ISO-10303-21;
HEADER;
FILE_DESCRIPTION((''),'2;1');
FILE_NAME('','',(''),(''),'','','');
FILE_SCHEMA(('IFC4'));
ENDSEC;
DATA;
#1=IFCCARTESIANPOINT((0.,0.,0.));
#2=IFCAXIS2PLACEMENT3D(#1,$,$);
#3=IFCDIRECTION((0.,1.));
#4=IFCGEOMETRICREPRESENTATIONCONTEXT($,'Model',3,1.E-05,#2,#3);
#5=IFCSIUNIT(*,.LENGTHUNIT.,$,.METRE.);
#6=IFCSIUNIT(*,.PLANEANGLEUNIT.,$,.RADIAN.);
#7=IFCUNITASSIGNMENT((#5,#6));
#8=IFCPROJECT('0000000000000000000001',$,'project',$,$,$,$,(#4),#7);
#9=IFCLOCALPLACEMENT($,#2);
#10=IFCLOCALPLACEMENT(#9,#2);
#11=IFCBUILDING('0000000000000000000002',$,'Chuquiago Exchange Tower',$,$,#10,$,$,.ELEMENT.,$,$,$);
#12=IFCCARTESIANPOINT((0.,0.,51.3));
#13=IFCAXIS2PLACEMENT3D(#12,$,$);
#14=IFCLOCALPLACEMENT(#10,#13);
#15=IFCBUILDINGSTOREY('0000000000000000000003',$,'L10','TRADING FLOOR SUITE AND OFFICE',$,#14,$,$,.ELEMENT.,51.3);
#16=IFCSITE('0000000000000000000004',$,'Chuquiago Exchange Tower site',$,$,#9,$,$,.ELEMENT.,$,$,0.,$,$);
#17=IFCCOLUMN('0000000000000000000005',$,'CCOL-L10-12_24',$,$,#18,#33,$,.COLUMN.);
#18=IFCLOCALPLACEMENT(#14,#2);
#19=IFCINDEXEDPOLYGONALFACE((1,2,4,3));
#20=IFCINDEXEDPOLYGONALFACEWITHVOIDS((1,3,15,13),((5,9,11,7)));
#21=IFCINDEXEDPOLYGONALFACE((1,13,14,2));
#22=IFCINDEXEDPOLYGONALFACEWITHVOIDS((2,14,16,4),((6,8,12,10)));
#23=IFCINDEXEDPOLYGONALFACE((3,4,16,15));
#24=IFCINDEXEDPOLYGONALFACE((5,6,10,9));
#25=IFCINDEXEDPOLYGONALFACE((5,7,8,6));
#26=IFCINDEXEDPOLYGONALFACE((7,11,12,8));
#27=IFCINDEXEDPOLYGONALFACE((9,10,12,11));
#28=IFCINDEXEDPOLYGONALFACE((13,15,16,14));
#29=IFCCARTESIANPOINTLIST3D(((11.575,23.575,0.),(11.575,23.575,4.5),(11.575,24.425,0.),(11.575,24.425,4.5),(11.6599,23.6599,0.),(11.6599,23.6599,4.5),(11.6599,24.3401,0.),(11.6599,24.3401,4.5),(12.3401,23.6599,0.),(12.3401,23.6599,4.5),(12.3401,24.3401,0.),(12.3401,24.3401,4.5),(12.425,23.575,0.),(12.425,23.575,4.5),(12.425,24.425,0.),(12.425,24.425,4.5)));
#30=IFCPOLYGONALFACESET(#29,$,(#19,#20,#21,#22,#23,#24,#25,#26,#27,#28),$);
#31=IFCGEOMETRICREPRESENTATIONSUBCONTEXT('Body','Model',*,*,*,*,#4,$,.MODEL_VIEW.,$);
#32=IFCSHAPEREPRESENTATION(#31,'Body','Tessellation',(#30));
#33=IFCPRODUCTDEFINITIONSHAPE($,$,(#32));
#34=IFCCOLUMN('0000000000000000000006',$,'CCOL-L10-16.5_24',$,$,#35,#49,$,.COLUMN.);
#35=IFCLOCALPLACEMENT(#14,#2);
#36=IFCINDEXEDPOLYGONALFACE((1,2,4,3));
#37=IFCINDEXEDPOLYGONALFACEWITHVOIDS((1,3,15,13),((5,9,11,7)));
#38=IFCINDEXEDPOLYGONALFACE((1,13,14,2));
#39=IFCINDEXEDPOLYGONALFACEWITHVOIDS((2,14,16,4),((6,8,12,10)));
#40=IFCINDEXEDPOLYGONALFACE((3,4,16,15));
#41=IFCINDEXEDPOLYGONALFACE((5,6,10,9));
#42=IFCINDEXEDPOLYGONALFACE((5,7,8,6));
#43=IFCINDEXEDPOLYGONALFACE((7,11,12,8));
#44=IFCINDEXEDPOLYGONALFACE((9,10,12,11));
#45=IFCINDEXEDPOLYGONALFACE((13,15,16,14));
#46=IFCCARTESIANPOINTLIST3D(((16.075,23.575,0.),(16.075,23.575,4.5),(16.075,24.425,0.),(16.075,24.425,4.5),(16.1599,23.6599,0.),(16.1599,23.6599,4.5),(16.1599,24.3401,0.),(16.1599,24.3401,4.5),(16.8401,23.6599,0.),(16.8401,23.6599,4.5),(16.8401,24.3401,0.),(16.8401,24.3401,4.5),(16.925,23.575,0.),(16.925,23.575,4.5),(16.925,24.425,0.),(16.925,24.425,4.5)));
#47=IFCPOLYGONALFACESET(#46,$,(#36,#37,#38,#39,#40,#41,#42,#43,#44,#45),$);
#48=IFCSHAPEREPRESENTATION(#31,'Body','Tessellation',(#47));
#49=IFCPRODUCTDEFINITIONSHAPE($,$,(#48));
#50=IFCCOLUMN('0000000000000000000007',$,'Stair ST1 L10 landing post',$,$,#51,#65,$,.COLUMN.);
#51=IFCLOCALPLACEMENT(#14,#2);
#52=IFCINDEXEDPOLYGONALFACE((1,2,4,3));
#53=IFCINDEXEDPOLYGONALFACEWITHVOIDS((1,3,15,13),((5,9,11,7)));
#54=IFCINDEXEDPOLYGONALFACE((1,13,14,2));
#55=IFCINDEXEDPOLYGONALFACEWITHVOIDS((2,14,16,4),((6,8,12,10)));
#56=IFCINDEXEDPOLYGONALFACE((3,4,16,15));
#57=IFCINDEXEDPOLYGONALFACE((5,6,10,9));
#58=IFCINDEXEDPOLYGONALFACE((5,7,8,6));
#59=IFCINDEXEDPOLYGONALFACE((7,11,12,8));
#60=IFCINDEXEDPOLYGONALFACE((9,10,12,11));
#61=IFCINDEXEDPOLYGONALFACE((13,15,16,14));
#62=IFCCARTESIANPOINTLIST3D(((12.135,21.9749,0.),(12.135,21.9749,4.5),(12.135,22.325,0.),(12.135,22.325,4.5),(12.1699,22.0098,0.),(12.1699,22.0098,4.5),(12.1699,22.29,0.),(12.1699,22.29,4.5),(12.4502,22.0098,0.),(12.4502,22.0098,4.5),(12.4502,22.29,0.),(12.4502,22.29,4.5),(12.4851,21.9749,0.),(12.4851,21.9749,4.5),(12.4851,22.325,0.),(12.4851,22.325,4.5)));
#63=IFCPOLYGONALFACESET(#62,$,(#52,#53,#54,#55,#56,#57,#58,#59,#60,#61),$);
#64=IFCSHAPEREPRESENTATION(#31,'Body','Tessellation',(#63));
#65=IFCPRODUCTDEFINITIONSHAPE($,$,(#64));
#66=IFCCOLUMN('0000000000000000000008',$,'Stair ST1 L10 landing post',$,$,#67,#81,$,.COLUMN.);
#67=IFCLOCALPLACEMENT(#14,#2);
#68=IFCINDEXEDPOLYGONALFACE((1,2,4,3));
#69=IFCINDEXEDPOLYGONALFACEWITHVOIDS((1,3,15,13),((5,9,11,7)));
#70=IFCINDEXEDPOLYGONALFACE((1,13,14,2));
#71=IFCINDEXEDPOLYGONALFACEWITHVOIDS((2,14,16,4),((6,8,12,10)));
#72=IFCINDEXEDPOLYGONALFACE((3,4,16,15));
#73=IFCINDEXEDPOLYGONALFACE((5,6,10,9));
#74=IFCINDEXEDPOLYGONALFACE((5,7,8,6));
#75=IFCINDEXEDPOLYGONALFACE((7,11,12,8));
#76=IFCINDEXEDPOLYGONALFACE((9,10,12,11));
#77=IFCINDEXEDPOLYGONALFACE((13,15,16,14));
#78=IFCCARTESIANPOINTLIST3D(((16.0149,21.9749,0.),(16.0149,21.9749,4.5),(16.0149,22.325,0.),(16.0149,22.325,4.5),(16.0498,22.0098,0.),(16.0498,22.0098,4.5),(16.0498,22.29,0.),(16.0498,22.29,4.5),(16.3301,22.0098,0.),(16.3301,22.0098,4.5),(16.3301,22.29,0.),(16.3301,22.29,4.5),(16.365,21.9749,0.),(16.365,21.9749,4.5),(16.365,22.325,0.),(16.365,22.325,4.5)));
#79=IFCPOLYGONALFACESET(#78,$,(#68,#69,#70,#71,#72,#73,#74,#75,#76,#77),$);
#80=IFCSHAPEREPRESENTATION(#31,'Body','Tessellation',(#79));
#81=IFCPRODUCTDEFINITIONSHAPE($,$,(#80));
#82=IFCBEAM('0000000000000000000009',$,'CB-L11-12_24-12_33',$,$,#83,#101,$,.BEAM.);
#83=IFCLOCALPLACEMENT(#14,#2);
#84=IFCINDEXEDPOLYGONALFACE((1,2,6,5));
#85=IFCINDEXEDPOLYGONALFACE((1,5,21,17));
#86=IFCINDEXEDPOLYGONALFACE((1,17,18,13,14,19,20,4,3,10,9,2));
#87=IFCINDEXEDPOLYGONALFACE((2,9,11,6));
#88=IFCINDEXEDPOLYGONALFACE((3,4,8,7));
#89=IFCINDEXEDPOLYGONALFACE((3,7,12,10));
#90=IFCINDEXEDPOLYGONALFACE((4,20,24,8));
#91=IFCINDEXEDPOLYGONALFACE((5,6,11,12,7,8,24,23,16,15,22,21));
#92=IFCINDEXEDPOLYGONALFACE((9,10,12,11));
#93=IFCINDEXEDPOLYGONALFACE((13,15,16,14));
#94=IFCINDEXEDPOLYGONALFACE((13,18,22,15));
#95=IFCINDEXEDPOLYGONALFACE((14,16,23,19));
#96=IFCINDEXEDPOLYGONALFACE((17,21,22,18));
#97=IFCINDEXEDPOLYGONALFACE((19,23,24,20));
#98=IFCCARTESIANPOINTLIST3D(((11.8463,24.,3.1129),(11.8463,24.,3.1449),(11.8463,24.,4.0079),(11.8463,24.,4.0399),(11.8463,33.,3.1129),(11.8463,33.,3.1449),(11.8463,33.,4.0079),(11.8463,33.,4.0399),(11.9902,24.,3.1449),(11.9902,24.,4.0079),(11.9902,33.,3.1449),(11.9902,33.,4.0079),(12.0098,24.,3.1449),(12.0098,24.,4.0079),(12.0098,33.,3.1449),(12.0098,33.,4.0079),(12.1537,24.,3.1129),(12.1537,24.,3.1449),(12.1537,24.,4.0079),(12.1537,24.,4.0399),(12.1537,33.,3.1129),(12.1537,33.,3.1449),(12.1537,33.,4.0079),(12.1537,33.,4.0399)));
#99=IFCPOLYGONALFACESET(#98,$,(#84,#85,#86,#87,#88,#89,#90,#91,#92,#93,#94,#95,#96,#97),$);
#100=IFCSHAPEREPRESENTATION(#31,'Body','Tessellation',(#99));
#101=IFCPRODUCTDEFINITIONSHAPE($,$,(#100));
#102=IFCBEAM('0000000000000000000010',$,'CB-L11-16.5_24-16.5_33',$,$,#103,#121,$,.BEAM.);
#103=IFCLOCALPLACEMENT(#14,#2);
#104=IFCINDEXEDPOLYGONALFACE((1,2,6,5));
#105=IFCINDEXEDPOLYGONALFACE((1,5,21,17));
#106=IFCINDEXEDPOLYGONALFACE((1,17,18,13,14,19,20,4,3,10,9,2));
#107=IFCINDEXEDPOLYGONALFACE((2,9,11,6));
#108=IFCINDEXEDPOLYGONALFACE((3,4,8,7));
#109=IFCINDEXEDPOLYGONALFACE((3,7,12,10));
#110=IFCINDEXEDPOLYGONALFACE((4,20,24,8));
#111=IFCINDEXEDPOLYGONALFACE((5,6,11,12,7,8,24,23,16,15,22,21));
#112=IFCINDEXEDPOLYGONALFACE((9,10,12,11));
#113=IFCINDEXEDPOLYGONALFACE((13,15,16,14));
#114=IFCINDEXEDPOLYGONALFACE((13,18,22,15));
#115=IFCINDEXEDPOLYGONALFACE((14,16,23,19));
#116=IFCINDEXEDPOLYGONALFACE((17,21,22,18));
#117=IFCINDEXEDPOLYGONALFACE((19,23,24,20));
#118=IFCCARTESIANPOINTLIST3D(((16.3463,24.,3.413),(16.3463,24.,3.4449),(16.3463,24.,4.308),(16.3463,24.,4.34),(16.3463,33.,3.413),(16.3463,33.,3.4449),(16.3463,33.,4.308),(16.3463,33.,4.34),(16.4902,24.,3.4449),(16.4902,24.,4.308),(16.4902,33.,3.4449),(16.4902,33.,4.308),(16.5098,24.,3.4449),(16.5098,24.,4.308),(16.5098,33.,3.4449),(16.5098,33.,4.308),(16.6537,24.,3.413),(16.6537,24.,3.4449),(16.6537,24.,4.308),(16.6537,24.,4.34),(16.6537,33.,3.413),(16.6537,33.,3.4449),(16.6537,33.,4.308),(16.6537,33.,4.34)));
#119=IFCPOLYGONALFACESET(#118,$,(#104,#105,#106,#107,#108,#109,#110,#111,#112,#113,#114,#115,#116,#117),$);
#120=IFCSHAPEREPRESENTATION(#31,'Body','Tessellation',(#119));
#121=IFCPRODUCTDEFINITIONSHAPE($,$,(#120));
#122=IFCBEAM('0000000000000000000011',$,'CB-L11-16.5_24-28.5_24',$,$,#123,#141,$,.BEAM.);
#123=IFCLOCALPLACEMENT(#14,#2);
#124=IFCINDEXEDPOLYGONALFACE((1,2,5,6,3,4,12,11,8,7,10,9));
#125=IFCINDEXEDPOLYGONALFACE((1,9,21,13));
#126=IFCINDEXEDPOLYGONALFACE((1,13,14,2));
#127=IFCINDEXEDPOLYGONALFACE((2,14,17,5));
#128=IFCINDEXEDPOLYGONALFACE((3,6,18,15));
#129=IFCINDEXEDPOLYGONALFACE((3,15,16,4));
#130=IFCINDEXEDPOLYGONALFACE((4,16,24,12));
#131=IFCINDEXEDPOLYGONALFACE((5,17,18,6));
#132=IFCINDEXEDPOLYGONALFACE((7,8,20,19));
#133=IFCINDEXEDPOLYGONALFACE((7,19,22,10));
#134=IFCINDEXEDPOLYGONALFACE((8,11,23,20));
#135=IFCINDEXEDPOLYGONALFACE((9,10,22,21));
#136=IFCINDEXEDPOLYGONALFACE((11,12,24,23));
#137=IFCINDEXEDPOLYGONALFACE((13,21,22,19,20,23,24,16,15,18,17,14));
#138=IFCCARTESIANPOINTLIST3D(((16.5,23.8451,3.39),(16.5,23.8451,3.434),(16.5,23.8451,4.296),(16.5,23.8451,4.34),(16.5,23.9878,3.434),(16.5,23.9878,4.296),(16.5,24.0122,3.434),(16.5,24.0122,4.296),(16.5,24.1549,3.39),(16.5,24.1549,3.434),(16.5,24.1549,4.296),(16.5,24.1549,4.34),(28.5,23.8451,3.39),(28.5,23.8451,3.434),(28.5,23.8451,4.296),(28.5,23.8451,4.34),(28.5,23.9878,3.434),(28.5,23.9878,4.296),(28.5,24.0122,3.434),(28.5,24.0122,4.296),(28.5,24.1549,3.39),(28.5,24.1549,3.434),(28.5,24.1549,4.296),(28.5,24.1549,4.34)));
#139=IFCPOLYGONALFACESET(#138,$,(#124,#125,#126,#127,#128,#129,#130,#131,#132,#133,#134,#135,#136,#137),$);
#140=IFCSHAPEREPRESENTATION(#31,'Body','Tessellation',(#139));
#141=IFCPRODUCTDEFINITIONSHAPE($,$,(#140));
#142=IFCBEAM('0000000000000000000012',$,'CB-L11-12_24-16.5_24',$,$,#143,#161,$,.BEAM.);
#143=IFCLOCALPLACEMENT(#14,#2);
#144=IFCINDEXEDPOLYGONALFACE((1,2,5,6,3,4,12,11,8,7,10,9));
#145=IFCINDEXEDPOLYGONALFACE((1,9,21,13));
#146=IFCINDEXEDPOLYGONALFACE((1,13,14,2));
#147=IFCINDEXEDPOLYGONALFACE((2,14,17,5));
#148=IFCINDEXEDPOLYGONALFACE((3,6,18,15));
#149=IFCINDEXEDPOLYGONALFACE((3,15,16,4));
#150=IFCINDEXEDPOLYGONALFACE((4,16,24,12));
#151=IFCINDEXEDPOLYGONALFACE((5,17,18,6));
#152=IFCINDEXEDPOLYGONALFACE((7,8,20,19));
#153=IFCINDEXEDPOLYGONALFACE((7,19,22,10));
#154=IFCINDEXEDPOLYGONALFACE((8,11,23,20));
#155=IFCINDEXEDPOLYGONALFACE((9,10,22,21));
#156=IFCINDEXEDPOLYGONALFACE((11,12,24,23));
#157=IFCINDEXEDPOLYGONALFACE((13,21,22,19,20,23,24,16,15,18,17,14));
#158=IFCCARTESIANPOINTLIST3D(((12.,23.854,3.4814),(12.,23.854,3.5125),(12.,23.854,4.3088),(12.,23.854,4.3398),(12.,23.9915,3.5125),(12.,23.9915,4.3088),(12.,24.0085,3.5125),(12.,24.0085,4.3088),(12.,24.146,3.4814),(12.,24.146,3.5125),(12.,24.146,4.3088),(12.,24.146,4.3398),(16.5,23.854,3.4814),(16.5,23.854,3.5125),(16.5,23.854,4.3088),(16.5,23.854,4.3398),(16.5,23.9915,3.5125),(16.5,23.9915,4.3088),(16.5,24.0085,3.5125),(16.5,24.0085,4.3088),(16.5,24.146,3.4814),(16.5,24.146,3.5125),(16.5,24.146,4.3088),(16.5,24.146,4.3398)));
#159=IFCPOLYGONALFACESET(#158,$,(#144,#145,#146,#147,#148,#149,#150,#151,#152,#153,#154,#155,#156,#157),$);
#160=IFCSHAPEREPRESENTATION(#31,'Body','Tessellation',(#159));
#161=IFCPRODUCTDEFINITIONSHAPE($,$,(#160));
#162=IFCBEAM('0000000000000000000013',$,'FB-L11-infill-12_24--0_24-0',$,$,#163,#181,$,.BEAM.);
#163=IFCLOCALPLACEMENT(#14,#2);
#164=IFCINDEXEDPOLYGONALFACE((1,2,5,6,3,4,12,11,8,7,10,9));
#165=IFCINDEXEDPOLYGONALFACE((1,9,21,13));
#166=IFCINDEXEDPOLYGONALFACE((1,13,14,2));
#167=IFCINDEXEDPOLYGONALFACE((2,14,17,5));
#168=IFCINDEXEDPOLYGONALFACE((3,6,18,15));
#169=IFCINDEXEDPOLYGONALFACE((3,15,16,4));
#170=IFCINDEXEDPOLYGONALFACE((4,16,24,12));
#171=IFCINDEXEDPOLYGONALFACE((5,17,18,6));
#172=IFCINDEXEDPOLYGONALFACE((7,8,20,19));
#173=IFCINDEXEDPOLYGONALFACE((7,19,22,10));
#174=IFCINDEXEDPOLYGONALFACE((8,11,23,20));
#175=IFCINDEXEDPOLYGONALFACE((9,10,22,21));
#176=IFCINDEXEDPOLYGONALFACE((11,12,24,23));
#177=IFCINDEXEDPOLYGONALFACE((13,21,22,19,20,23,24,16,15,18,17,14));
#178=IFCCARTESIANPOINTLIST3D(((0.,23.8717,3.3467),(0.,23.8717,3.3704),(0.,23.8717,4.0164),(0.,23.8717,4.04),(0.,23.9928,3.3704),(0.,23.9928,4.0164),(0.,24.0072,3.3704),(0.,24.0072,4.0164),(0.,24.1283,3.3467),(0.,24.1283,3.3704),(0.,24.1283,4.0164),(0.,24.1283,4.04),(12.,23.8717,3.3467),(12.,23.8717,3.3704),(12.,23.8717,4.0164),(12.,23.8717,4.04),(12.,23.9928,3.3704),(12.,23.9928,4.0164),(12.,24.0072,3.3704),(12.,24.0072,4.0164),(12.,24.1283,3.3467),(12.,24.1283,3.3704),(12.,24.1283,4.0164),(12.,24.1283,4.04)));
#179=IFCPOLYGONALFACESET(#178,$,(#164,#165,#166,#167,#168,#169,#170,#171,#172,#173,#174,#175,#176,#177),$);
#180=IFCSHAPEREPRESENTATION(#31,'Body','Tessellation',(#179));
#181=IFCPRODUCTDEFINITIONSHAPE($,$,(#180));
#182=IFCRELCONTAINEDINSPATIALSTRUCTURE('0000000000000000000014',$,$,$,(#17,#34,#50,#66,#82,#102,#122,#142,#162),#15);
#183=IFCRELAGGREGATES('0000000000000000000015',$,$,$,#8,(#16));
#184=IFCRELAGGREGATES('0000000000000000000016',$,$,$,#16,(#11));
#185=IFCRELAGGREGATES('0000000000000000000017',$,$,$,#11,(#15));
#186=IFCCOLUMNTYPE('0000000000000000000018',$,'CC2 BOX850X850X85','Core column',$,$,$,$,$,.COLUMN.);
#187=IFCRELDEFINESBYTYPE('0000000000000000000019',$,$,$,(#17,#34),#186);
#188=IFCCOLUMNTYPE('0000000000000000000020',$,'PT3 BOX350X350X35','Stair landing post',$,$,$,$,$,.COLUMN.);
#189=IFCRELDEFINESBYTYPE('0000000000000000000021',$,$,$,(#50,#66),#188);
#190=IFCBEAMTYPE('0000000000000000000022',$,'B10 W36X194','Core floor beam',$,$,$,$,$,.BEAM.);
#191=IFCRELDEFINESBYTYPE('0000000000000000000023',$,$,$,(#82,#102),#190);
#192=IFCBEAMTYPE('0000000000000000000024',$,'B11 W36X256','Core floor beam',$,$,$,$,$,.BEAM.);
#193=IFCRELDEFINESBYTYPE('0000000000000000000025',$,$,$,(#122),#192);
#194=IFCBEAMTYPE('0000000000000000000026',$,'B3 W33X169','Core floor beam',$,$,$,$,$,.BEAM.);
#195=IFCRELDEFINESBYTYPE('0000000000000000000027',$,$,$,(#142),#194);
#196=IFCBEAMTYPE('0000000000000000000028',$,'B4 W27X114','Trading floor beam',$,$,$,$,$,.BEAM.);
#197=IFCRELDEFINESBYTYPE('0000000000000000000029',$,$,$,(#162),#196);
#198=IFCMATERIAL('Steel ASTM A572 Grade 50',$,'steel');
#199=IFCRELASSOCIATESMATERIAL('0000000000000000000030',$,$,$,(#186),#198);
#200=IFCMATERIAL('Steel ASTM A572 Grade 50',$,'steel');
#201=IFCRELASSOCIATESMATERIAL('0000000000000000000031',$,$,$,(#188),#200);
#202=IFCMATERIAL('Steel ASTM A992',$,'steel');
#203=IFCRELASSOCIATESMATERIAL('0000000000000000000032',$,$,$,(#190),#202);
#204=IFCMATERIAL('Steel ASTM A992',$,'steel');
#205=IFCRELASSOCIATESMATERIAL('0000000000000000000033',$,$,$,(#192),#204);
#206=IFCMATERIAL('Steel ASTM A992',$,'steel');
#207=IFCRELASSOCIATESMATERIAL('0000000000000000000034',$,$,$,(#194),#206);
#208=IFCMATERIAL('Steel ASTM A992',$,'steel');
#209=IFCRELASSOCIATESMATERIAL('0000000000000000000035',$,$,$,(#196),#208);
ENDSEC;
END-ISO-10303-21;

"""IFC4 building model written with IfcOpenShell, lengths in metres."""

from ifc_helpers import new_model, si_unit, direction, frame, origin, origin_2d, place, context, subcontext, project, spatial, hollow_rectangle, i_section, extrude, material, material_profile, profile_set, type_object, element, save


model = new_model("IFC4")

# Units and contexts
model_context = context("Model", 3, precision=1e-05, world=origin(), true_north=direction((0.0, 1.0)))
body_context = subcontext(model_context, "Body", "Model", "MODEL_VIEW")
ifc_project = project(units=[si_unit("LENGTHUNIT", "METRE"), si_unit("PLANEANGLEUNIT", "RADIAN")], contexts=[model_context])

# Site, building, storey
site_placement = place(None, origin())
site = spatial("IfcSite", under=ifc_project, at=site_placement, Name="Chuquiago Exchange Tower site", CompositionType="ELEMENT", RefElevation=0.0)
building_placement = place(site_placement, origin())
building = spatial("IfcBuilding", under=site, at=building_placement, Name="Chuquiago Exchange Tower", CompositionType="ELEMENT")
storey_placement = place(building_placement, frame((0.0, 0.0, 51.3)))
storey = spatial("IfcBuildingStorey", under=building, at=storey_placement, Name="L10", Description="TRADING FLOOR SUITE AND OFFICE", CompositionType="ELEMENT", Elevation=51.3)

# Columns
ifc_material_1 = material(Name="Steel ASTM A572 Grade 50", Category="steel")
ifc_material_profile_1 = material_profile(ifc_material_1, hollow_rectangle(XDim=0.8501, YDim=0.8501, WallThickness=0.085, at=origin_2d()), Name="BOX850X850X85")
ifc_profile_set_1 = profile_set([ifc_material_profile_1], Name="Steel ASTM A572 Grade 50")
column_type_1 = type_object("IfcColumnType", Name="CC2 BOX850X850X85", Description="Core column", PredefinedType="COLUMN", material=ifc_profile_set_1)
for number, where, z_axis, x_axis, name in (
    (1, (12.0, 24.0, 0.0), (0.0, 0.0, 1.0), (1.0, 0.0, 0.0), "CCOL-L10-12_24"),
    (2, (16.5, 24.0, 0.0), (0.0, 0.0, 1.0), (1.0, 0.0, 0.0), "CCOL-L10-16.5_24"),
):
    element("IfcColumn", number, at=place(storey_placement, frame(where, z_axis=z_axis, x_axis=x_axis)), inside=storey, type_object=column_type_1, Name=name, PredefinedType="COLUMN", context=body_context, shape_type="SweptSolid", body=[
        extrude(hollow_rectangle(XDim=0.8501, YDim=0.8501, WallThickness=0.085, at=origin_2d()), origin(), (0.0, 0.0, 1.0), 4.5),
    ])
ifc_material_2 = material(Name="Steel ASTM A572 Grade 50", Category="steel")
ifc_material_profile_2 = material_profile(ifc_material_2, hollow_rectangle(XDim=0.3501, YDim=0.3501, WallThickness=0.0349, at=origin_2d()), Name="BOX350X350X35")
ifc_profile_set_2 = profile_set([ifc_material_profile_2], Name="Steel ASTM A572 Grade 50")
column_type_2 = type_object("IfcColumnType", Name="PT3 BOX350X350X35", Description="Stair landing post", PredefinedType="COLUMN", material=ifc_profile_set_2)
for number, where, z_axis, x_axis, name in (
    (3, (12.3101, 22.1499, 0.0), (0.0, 0.0, 1.0), (1.0, 0.0, 0.0), "Stair ST1 L10 landing post"),
    (4, (16.1899, 22.1499, 0.0), (0.0, 0.0, 1.0), (1.0, 0.0, 0.0), "Stair ST1 L10 landing post"),
):
    element("IfcColumn", number, at=place(storey_placement, frame(where, z_axis=z_axis, x_axis=x_axis)), inside=storey, type_object=column_type_2, Name=name, PredefinedType="COLUMN", context=body_context, shape_type="SweptSolid", body=[
        extrude(hollow_rectangle(XDim=0.3501, YDim=0.3501, WallThickness=0.0349, at=origin_2d()), origin(), (0.0, 0.0, 1.0), 4.5),
    ])

# Beams
ifc_material_3 = material(Name="Steel ASTM A992", Category="steel")
ifc_material_profile_3 = material_profile(ifc_material_3, i_section(OverallWidth=0.3074, OverallDepth=0.927, WebThickness=0.0195, FlangeThickness=0.032, at=origin_2d()), Name="W36X194")
ifc_profile_set_3 = profile_set([ifc_material_profile_3], Name="Steel ASTM A992")
beam_type_1 = type_object("IfcBeamType", Name="B10 W36X194", Description="Core floor beam", PredefinedType="BEAM", material=ifc_profile_set_3)
for number, where, z_axis, x_axis, name in (
    (5, (12.0, 24.0, 3.5764), (0.0, 1.0, 0.0), (-1.0, 0.0, 0.0), "CB-L11-12_24-12_33"),
    (6, (16.5, 24.0, 3.8765), (0.0, 1.0, 0.0), (-1.0, 0.0, 0.0), "CB-L11-16.5_24-16.5_33"),
):
    element("IfcBeam", number, at=place(storey_placement, frame(where, z_axis=z_axis, x_axis=x_axis)), inside=storey, type_object=beam_type_1, Name=name, PredefinedType="BEAM", context=body_context, shape_type="SweptSolid", body=[
        extrude(i_section(OverallWidth=0.3074, OverallDepth=0.927, WebThickness=0.0195, FlangeThickness=0.032, at=origin_2d()), origin(), (0.0, 0.0, 1.0), 9.0),
    ])
ifc_material_4 = material(Name="Steel ASTM A992", Category="steel")
ifc_material_profile_4 = material_profile(ifc_material_4, i_section(OverallWidth=0.3098, OverallDepth=0.95, WebThickness=0.0244, FlangeThickness=0.0439, at=origin_2d()), Name="W36X256")
ifc_profile_set_4 = profile_set([ifc_material_profile_4], Name="Steel ASTM A992")
beam_type_2 = type_object("IfcBeamType", Name="B11 W36X256", Description="Core floor beam", PredefinedType="BEAM", material=ifc_profile_set_4)
beam_1_placement = place(storey_placement, frame((16.5, 24.0, 3.865), z_axis=(1.0, 0.0, 0.0), x_axis=(0.0, 1.0, 0.0)))
element("IfcBeam", 7, at=beam_1_placement, inside=storey, type_object=beam_type_2, Name="CB-L11-16.5_24-28.5_24", PredefinedType="BEAM", context=body_context, shape_type="SweptSolid", body=[
    extrude(i_section(OverallWidth=0.3098, OverallDepth=0.95, WebThickness=0.0244, FlangeThickness=0.0439, at=origin_2d()), origin(), (0.0, 0.0, 1.0), 12.0),
])
ifc_material_5 = material(Name="Steel ASTM A992", Category="steel")
ifc_material_profile_5 = material_profile(ifc_material_5, i_section(OverallWidth=0.292, OverallDepth=0.8584, WebThickness=0.0171, FlangeThickness=0.031, at=origin_2d()), Name="W33X169")
ifc_profile_set_5 = profile_set([ifc_material_profile_5], Name="Steel ASTM A992")
beam_type_3 = type_object("IfcBeamType", Name="B3 W33X169", Description="Core floor beam", PredefinedType="BEAM", material=ifc_profile_set_5)
beam_2_placement = place(storey_placement, frame((12.0, 24.0, 3.9106), z_axis=(1.0, 0.0, 0.0), x_axis=(0.0, 1.0, 0.0)))
element("IfcBeam", 8, at=beam_2_placement, inside=storey, type_object=beam_type_3, Name="CB-L11-12_24-16.5_24", PredefinedType="BEAM", context=body_context, shape_type="SweptSolid", body=[
    extrude(i_section(OverallWidth=0.292, OverallDepth=0.8584, WebThickness=0.0171, FlangeThickness=0.031, at=origin_2d()), origin(), (0.0, 0.0, 1.0), 4.5),
])
ifc_material_6 = material(Name="Steel ASTM A992", Category="steel")
ifc_material_profile_6 = material_profile(ifc_material_6, i_section(OverallWidth=0.2566, OverallDepth=0.6934, WebThickness=0.0144, FlangeThickness=0.0237, at=origin_2d()), Name="W27X114")
ifc_profile_set_6 = profile_set([ifc_material_profile_6], Name="Steel ASTM A992")
beam_type_4 = type_object("IfcBeamType", Name="B4 W27X114", Description="Trading floor beam", PredefinedType="BEAM", material=ifc_profile_set_6)
for number, where, z_axis, x_axis, name in (
    (9, (12.0, 24.0, 3.6934), (-1.0, 0.0, 0.0), (0.0, -1.0, 0.0), "FB-L11-infill-12_24--0_24-0"),
):
    element("IfcBeam", number, at=place(storey_placement, frame(where, z_axis=z_axis, x_axis=x_axis)), inside=storey, type_object=beam_type_4, Name=name, PredefinedType="BEAM", context=body_context, shape_type="SweptSolid", body=[
        extrude(i_section(OverallWidth=0.2566, OverallDepth=0.6934, WebThickness=0.0144, FlangeThickness=0.0237, at=origin_2d()), origin(), (0.0, 0.0, 1.0), 12.0),
    ])

save(model, "model.ifc")
